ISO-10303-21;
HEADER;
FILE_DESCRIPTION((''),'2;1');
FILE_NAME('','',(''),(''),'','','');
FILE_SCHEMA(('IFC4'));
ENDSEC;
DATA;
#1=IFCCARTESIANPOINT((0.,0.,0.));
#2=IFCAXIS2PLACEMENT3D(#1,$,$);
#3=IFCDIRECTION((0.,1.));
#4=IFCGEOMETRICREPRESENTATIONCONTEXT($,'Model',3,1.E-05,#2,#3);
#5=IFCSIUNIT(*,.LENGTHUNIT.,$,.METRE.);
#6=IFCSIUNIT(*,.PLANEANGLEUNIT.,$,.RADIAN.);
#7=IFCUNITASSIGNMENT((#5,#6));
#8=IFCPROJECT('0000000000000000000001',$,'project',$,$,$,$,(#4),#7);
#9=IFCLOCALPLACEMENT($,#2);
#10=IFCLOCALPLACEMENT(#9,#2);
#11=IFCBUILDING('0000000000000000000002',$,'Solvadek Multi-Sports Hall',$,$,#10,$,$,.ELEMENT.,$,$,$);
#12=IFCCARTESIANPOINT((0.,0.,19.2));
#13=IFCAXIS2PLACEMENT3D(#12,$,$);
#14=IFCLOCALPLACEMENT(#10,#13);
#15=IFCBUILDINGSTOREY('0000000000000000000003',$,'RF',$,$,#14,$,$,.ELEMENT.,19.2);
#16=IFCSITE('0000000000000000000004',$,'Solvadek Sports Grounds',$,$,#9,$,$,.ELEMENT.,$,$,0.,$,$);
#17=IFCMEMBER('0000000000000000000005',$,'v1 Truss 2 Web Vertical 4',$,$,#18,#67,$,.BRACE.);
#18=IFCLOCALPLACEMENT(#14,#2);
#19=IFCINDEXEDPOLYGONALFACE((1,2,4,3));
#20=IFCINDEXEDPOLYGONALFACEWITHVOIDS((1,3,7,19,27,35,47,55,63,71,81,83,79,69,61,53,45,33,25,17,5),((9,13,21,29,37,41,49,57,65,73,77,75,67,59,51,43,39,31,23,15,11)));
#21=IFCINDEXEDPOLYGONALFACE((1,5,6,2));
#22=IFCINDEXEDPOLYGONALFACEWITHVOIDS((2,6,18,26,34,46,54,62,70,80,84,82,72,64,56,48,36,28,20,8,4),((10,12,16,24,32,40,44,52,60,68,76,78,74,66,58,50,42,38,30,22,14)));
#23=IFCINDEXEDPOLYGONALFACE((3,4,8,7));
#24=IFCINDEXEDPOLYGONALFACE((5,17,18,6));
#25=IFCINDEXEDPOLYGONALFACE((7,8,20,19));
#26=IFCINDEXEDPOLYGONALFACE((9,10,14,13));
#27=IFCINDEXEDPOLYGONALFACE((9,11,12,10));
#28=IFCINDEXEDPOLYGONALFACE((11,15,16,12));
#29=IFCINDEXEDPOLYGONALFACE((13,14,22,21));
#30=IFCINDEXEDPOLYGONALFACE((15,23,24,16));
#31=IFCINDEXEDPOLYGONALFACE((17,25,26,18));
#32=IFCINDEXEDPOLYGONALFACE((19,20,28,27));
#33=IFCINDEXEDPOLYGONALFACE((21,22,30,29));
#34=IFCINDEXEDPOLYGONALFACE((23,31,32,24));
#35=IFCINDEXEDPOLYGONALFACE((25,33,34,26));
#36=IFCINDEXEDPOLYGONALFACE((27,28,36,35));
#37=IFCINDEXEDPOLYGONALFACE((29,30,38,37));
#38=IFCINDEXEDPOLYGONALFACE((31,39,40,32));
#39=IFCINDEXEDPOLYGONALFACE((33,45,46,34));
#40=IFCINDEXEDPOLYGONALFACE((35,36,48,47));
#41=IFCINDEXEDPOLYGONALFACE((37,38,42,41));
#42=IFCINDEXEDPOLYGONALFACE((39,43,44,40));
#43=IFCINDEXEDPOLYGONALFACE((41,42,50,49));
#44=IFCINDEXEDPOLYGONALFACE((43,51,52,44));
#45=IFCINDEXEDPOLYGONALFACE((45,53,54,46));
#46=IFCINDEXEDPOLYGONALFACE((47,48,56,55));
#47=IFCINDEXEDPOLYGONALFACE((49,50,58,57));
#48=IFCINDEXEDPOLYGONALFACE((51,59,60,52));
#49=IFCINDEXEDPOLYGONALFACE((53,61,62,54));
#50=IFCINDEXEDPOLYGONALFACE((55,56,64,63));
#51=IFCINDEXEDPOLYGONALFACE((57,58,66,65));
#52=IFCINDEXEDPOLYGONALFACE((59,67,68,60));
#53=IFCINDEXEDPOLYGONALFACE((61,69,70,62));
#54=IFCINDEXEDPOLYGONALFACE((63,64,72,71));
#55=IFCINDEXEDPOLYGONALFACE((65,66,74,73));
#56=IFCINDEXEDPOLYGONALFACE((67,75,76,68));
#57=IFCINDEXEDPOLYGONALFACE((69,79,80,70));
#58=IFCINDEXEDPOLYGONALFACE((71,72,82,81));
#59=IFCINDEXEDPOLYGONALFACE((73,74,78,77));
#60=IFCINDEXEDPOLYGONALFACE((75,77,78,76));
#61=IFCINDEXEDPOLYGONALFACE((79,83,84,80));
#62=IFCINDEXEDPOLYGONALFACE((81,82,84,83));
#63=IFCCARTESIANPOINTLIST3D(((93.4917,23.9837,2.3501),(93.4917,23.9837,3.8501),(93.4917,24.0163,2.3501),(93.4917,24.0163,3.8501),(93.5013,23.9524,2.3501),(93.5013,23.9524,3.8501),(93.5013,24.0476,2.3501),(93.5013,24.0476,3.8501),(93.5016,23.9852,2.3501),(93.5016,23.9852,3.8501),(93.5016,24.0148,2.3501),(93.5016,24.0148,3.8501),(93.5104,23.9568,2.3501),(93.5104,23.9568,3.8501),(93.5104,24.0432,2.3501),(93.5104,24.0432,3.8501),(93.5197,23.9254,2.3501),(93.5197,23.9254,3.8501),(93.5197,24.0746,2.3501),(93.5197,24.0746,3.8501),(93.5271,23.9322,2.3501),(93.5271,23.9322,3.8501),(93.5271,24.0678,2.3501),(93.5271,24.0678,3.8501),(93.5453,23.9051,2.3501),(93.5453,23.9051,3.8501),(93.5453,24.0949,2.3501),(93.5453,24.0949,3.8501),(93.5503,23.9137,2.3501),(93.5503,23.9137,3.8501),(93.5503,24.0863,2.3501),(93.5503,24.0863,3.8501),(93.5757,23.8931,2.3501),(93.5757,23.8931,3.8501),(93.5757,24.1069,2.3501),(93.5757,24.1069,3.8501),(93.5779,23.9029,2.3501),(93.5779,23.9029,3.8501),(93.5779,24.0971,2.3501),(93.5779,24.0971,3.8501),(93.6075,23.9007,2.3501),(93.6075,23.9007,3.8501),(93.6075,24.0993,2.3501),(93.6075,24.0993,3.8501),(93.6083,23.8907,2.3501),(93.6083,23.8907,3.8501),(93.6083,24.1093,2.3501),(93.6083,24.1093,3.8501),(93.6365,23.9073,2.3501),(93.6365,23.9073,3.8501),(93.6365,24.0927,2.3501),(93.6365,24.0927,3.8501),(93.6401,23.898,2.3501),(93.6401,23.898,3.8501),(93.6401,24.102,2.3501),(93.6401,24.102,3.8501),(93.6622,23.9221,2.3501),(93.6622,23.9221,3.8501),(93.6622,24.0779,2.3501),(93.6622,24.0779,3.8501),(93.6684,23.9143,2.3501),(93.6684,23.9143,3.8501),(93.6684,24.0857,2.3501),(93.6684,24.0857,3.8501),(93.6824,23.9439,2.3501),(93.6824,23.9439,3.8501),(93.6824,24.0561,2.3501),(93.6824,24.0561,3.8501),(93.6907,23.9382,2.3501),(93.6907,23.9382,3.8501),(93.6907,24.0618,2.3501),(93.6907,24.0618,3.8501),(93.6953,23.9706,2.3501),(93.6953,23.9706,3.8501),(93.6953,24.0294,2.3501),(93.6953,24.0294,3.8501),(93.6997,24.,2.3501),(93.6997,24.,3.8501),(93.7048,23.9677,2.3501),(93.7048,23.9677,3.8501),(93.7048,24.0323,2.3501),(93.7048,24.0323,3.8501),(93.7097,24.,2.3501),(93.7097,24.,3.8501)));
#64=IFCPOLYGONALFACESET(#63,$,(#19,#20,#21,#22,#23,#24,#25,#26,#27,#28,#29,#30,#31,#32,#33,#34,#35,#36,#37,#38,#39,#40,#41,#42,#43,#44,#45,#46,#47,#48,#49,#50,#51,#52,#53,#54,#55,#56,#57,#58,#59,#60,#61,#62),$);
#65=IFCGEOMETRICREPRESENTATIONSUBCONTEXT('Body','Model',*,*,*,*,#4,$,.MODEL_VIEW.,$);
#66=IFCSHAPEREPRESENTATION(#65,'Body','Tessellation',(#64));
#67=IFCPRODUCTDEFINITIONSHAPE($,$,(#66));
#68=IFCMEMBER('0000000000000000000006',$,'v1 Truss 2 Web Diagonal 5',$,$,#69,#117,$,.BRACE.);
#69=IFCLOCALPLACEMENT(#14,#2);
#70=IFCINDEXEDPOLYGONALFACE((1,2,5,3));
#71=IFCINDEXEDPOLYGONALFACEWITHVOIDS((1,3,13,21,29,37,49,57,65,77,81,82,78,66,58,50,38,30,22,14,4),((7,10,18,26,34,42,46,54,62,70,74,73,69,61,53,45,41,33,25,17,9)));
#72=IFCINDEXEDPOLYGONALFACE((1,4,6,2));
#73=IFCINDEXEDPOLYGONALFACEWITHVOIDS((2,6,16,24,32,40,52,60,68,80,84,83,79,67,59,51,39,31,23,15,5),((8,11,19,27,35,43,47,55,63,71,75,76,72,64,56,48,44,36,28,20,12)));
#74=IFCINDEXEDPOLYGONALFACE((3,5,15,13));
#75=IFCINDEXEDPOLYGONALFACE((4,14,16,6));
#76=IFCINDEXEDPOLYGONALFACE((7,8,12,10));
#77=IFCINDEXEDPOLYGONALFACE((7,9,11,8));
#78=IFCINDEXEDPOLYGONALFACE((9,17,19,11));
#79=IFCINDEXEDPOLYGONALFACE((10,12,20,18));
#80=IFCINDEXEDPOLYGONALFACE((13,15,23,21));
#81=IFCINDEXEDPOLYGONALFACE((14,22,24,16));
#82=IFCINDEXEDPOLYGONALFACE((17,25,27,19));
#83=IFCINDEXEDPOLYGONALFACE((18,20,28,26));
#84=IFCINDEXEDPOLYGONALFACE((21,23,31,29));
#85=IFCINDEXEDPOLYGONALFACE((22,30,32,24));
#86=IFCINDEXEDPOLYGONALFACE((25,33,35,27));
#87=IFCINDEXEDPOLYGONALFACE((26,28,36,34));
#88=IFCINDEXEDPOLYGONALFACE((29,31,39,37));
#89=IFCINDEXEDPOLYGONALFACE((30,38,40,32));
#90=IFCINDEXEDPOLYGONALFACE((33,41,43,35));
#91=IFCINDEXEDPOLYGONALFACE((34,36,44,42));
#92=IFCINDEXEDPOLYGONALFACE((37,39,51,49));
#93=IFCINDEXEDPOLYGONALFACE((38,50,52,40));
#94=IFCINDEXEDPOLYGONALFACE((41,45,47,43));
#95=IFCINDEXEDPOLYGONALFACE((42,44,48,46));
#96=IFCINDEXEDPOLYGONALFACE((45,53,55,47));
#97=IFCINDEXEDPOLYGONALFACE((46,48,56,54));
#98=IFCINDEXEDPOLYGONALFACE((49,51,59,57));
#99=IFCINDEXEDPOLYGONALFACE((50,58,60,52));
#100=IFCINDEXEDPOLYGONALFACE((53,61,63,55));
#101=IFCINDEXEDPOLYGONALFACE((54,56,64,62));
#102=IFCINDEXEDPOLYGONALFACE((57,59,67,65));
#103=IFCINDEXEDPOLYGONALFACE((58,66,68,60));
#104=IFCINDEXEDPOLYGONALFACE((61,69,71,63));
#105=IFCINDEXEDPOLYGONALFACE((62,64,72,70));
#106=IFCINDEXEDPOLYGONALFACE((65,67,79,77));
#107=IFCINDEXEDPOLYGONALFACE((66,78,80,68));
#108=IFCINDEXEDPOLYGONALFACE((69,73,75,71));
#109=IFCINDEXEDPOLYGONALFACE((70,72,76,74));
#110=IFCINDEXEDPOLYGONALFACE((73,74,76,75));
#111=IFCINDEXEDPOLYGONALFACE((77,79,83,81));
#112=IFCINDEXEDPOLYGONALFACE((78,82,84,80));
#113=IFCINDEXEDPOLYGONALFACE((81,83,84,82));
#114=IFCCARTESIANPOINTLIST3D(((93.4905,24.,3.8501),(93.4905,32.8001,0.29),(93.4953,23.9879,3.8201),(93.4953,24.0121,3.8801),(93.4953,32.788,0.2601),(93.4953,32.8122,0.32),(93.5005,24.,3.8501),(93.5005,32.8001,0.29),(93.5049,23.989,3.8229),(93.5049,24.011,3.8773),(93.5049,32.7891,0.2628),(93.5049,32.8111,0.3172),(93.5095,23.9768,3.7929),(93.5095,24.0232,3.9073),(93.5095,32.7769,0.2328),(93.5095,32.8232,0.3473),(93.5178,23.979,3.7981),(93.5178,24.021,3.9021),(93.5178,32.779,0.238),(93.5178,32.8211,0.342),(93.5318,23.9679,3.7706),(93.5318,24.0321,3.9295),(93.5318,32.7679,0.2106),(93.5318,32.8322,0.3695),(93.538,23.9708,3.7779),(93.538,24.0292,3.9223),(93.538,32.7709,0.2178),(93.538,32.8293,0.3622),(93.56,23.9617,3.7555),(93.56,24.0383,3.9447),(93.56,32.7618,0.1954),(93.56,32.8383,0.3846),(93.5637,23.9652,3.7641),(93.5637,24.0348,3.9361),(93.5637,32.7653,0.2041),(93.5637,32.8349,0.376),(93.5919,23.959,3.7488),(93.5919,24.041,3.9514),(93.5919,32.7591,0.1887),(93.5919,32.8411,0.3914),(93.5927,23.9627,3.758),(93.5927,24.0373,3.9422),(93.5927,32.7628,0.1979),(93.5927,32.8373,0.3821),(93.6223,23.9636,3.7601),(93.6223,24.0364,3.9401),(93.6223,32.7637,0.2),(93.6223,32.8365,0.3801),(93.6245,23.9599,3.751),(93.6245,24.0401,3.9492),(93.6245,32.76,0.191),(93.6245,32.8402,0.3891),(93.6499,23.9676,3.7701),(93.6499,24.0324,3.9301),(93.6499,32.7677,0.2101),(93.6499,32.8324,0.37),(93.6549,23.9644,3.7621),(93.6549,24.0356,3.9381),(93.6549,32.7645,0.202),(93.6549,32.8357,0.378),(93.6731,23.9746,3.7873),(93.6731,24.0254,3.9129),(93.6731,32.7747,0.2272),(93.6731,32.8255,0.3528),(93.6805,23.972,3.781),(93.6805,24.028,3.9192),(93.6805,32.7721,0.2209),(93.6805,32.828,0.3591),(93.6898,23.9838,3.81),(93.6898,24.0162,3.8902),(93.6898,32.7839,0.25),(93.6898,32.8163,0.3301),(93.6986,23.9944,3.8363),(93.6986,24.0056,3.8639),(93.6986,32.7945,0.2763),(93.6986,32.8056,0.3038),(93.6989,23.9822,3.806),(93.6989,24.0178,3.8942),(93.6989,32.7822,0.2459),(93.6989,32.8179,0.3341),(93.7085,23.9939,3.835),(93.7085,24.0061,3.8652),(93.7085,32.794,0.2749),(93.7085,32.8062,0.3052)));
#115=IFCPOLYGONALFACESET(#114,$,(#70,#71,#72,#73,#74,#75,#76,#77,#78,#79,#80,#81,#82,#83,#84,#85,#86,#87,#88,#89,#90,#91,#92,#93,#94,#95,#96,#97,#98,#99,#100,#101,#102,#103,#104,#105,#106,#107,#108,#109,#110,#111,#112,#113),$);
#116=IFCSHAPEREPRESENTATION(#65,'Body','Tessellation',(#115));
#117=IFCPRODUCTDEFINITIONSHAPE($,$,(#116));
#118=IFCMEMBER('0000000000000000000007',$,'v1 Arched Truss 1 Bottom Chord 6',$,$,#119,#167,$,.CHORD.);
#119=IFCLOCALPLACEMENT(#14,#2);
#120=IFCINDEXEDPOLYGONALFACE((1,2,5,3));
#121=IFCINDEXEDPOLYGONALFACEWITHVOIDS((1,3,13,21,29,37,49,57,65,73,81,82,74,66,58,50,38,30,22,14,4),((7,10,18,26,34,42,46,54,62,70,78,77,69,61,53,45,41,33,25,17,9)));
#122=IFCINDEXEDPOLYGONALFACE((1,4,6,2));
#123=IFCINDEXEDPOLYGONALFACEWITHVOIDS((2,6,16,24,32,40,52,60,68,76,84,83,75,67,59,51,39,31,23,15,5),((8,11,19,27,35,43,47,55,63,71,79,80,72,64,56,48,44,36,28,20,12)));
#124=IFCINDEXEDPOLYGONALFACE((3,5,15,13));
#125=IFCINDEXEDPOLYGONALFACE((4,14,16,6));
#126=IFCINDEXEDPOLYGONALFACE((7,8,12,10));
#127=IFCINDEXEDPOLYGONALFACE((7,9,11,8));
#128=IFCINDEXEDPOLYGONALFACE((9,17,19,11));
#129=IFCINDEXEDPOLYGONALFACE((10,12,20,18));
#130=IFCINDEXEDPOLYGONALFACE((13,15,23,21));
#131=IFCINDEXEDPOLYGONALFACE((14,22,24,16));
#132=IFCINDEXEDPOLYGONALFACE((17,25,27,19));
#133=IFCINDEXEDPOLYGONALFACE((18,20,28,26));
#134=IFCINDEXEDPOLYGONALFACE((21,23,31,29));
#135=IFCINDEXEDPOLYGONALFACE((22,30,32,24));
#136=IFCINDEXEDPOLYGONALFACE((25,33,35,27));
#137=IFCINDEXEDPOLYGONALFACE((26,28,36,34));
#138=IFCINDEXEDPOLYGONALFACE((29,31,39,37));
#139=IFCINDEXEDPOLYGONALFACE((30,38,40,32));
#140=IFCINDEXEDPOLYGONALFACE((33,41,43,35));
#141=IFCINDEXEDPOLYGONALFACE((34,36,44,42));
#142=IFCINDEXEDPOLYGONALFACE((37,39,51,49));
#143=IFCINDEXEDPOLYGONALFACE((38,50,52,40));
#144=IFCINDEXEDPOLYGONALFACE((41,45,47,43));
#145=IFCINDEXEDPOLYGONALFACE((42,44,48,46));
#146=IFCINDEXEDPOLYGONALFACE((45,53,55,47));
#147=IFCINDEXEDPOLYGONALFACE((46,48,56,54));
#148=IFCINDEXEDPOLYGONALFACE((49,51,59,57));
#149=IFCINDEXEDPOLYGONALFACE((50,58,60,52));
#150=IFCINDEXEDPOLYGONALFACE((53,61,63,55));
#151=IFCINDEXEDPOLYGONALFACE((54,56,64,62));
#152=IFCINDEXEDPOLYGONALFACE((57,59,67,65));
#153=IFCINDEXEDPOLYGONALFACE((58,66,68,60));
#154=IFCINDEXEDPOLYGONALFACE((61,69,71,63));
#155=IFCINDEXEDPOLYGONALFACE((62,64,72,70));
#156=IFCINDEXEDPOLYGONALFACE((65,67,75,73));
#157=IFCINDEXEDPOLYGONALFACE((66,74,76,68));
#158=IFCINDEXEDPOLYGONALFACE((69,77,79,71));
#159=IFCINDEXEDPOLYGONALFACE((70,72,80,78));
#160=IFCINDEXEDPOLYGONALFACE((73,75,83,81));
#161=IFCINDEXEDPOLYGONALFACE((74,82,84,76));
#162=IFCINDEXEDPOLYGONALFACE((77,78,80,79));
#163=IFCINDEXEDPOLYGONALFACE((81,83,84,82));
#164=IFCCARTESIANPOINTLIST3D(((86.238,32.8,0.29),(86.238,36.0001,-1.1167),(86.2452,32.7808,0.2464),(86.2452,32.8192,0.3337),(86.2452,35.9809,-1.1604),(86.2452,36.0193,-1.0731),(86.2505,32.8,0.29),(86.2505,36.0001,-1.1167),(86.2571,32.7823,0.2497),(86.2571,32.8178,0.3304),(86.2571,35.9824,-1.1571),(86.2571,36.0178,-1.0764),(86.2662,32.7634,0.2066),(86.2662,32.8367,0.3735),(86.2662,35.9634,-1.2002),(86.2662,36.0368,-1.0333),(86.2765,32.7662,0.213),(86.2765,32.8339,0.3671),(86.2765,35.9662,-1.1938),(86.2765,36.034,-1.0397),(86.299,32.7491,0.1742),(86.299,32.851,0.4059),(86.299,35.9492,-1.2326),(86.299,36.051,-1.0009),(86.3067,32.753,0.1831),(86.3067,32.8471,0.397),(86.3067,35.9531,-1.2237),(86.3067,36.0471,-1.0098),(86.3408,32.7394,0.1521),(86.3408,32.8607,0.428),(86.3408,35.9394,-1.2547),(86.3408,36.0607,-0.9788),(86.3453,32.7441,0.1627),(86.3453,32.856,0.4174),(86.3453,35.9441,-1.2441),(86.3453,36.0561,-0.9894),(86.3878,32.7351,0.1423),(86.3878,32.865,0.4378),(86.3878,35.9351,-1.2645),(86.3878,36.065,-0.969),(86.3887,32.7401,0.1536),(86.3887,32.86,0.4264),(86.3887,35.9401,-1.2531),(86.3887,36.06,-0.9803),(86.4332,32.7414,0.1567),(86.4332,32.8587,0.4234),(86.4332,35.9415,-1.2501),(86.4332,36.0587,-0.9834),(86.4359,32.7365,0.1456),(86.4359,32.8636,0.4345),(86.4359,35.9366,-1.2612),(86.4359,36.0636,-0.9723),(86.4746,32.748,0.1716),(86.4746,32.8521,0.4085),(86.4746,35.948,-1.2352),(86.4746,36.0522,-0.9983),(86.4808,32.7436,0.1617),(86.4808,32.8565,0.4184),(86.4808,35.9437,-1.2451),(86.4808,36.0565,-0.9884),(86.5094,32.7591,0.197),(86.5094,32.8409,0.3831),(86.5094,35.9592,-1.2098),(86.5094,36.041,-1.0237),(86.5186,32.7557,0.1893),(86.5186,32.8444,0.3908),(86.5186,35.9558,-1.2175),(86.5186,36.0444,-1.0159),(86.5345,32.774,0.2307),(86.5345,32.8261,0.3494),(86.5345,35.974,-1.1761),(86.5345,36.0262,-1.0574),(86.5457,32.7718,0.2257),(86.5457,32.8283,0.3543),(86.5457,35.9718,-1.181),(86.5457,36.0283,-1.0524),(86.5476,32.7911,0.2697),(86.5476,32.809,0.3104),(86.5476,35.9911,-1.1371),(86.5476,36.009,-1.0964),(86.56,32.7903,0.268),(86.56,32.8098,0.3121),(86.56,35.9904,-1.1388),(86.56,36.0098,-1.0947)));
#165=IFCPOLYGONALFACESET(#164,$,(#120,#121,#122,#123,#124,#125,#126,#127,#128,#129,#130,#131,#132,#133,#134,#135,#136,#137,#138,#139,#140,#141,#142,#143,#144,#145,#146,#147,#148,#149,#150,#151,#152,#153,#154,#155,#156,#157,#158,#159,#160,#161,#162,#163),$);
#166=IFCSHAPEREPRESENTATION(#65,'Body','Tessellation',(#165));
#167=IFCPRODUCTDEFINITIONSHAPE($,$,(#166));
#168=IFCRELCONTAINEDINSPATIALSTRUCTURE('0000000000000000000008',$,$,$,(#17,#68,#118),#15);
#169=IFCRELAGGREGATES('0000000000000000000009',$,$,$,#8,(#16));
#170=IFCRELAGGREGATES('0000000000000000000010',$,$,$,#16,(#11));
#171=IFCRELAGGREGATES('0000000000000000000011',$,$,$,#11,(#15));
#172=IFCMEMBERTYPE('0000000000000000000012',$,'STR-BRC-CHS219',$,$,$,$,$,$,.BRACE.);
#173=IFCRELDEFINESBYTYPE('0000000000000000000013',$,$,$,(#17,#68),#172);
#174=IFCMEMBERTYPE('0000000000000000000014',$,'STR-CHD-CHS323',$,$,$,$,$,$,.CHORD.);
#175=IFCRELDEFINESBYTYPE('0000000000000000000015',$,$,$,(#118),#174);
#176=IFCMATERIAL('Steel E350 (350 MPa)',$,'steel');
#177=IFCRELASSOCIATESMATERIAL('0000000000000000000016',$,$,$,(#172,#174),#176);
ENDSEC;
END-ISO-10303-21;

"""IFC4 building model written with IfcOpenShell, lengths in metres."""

from ifc_helpers import new_model, si_unit, direction, frame, origin, origin_2d, place, context, subcontext, project, spatial, hollow_circle, extrude, material, material_profile, profile_set, type_object, element, save


model = new_model("IFC4")

# Units and contexts
model_context = context("Model", 3, precision=1e-05, world=origin(), true_north=direction((0.0, 1.0)))
body_context = subcontext(model_context, "Body", "Model", "MODEL_VIEW")
ifc_project = project(units=[si_unit("LENGTHUNIT", "METRE"), si_unit("PLANEANGLEUNIT", "RADIAN")], contexts=[model_context])

# Site, building, storey
site_placement = place(None, origin())
site = spatial("IfcSite", under=ifc_project, at=site_placement, Name="Solvadek Sports Grounds", CompositionType="ELEMENT", RefElevation=0.0)
building_placement = place(site_placement, origin())
building = spatial("IfcBuilding", under=site, at=building_placement, Name="Solvadek Multi-Sports Hall", CompositionType="ELEMENT")
storey_placement = place(building_placement, frame((0.0, 0.0, 19.2)))
storey = spatial("IfcBuildingStorey", under=building, at=storey_placement, Name="RF", CompositionType="ELEMENT", Elevation=19.2)

# Shared definitions
ifc_material_1 = material(Name="Steel E350 (350 MPa)", Category="steel")

# Members
ifc_material_profile_1 = material_profile(ifc_material_1, hollow_circle(Radius=0.1096, WallThickness=0.01, at=origin_2d()), Name="CHS 219.1x10")
ifc_profile_set_1 = profile_set([ifc_material_profile_1], Name="Steel E350 (350 MPa)")
member_type_1 = type_object("IfcMemberType", Name="STR-BRC-CHS219", PredefinedType="BRACE", material=ifc_profile_set_1)
member_1_placement = place(storey_placement, frame((93.6001, 24.0, 2.3501), z_axis=(0.0, 0.0, 1.0), x_axis=(1.0, 0.0, 0.0)))
element("IfcMember", 1, at=member_1_placement, inside=storey, type_object=member_type_1, Name="v1 Truss 2 Web Vertical 4", PredefinedType="BRACE", context=body_context, shape_type="SweptSolid", body=[
    extrude(hollow_circle(Radius=0.1096, WallThickness=0.01, at=origin_2d()), origin(), (0.0, 0.0, 1.0), 1.5),
])
member_2_placement = place(storey_placement, frame((93.6001, 24.0, 3.8501), z_axis=(0.0, 0.927015, -0.375024), x_axis=(-1.0, 0.0, 0.0)))
element("IfcMember", 2, at=member_2_placement, inside=storey, type_object=member_type_1, Name="v1 Truss 2 Web Diagonal 5", PredefinedType="BRACE", context=body_context, shape_type="SweptSolid", body=[
    extrude(hollow_circle(Radius=0.1096, WallThickness=0.01, at=origin_2d()), origin(), (0.0, 0.0, 1.0), 9.4929),
])
ifc_material_profile_2 = material_profile(ifc_material_1, hollow_circle(Radius=0.1619, WallThickness=0.0125, at=origin_2d()), Name="CHS 323.9x12.5")
ifc_profile_set_2 = profile_set([ifc_material_profile_2], Name="Steel E350 (350 MPa)")
member_type_2 = type_object("IfcMemberType", Name="STR-CHD-CHS323", PredefinedType="CHORD", material=ifc_profile_set_2)
member_3_placement = place(storey_placement, frame((86.3999, 32.8, 0.29), z_axis=(0.0, 0.915446, -0.402441), x_axis=(-1.0, 0.0, 0.0)))
element("IfcMember", 3, at=member_3_placement, inside=storey, type_object=member_type_2, Name="v1 Arched Truss 1 Bottom Chord 6", PredefinedType="CHORD", context=body_context, shape_type="SweptSolid", body=[
    extrude(hollow_circle(Radius=0.1619, WallThickness=0.0125, at=origin_2d()), origin(), (0.0, 0.0, 1.0), 3.4956),
])

save(model, "model.ifc")
